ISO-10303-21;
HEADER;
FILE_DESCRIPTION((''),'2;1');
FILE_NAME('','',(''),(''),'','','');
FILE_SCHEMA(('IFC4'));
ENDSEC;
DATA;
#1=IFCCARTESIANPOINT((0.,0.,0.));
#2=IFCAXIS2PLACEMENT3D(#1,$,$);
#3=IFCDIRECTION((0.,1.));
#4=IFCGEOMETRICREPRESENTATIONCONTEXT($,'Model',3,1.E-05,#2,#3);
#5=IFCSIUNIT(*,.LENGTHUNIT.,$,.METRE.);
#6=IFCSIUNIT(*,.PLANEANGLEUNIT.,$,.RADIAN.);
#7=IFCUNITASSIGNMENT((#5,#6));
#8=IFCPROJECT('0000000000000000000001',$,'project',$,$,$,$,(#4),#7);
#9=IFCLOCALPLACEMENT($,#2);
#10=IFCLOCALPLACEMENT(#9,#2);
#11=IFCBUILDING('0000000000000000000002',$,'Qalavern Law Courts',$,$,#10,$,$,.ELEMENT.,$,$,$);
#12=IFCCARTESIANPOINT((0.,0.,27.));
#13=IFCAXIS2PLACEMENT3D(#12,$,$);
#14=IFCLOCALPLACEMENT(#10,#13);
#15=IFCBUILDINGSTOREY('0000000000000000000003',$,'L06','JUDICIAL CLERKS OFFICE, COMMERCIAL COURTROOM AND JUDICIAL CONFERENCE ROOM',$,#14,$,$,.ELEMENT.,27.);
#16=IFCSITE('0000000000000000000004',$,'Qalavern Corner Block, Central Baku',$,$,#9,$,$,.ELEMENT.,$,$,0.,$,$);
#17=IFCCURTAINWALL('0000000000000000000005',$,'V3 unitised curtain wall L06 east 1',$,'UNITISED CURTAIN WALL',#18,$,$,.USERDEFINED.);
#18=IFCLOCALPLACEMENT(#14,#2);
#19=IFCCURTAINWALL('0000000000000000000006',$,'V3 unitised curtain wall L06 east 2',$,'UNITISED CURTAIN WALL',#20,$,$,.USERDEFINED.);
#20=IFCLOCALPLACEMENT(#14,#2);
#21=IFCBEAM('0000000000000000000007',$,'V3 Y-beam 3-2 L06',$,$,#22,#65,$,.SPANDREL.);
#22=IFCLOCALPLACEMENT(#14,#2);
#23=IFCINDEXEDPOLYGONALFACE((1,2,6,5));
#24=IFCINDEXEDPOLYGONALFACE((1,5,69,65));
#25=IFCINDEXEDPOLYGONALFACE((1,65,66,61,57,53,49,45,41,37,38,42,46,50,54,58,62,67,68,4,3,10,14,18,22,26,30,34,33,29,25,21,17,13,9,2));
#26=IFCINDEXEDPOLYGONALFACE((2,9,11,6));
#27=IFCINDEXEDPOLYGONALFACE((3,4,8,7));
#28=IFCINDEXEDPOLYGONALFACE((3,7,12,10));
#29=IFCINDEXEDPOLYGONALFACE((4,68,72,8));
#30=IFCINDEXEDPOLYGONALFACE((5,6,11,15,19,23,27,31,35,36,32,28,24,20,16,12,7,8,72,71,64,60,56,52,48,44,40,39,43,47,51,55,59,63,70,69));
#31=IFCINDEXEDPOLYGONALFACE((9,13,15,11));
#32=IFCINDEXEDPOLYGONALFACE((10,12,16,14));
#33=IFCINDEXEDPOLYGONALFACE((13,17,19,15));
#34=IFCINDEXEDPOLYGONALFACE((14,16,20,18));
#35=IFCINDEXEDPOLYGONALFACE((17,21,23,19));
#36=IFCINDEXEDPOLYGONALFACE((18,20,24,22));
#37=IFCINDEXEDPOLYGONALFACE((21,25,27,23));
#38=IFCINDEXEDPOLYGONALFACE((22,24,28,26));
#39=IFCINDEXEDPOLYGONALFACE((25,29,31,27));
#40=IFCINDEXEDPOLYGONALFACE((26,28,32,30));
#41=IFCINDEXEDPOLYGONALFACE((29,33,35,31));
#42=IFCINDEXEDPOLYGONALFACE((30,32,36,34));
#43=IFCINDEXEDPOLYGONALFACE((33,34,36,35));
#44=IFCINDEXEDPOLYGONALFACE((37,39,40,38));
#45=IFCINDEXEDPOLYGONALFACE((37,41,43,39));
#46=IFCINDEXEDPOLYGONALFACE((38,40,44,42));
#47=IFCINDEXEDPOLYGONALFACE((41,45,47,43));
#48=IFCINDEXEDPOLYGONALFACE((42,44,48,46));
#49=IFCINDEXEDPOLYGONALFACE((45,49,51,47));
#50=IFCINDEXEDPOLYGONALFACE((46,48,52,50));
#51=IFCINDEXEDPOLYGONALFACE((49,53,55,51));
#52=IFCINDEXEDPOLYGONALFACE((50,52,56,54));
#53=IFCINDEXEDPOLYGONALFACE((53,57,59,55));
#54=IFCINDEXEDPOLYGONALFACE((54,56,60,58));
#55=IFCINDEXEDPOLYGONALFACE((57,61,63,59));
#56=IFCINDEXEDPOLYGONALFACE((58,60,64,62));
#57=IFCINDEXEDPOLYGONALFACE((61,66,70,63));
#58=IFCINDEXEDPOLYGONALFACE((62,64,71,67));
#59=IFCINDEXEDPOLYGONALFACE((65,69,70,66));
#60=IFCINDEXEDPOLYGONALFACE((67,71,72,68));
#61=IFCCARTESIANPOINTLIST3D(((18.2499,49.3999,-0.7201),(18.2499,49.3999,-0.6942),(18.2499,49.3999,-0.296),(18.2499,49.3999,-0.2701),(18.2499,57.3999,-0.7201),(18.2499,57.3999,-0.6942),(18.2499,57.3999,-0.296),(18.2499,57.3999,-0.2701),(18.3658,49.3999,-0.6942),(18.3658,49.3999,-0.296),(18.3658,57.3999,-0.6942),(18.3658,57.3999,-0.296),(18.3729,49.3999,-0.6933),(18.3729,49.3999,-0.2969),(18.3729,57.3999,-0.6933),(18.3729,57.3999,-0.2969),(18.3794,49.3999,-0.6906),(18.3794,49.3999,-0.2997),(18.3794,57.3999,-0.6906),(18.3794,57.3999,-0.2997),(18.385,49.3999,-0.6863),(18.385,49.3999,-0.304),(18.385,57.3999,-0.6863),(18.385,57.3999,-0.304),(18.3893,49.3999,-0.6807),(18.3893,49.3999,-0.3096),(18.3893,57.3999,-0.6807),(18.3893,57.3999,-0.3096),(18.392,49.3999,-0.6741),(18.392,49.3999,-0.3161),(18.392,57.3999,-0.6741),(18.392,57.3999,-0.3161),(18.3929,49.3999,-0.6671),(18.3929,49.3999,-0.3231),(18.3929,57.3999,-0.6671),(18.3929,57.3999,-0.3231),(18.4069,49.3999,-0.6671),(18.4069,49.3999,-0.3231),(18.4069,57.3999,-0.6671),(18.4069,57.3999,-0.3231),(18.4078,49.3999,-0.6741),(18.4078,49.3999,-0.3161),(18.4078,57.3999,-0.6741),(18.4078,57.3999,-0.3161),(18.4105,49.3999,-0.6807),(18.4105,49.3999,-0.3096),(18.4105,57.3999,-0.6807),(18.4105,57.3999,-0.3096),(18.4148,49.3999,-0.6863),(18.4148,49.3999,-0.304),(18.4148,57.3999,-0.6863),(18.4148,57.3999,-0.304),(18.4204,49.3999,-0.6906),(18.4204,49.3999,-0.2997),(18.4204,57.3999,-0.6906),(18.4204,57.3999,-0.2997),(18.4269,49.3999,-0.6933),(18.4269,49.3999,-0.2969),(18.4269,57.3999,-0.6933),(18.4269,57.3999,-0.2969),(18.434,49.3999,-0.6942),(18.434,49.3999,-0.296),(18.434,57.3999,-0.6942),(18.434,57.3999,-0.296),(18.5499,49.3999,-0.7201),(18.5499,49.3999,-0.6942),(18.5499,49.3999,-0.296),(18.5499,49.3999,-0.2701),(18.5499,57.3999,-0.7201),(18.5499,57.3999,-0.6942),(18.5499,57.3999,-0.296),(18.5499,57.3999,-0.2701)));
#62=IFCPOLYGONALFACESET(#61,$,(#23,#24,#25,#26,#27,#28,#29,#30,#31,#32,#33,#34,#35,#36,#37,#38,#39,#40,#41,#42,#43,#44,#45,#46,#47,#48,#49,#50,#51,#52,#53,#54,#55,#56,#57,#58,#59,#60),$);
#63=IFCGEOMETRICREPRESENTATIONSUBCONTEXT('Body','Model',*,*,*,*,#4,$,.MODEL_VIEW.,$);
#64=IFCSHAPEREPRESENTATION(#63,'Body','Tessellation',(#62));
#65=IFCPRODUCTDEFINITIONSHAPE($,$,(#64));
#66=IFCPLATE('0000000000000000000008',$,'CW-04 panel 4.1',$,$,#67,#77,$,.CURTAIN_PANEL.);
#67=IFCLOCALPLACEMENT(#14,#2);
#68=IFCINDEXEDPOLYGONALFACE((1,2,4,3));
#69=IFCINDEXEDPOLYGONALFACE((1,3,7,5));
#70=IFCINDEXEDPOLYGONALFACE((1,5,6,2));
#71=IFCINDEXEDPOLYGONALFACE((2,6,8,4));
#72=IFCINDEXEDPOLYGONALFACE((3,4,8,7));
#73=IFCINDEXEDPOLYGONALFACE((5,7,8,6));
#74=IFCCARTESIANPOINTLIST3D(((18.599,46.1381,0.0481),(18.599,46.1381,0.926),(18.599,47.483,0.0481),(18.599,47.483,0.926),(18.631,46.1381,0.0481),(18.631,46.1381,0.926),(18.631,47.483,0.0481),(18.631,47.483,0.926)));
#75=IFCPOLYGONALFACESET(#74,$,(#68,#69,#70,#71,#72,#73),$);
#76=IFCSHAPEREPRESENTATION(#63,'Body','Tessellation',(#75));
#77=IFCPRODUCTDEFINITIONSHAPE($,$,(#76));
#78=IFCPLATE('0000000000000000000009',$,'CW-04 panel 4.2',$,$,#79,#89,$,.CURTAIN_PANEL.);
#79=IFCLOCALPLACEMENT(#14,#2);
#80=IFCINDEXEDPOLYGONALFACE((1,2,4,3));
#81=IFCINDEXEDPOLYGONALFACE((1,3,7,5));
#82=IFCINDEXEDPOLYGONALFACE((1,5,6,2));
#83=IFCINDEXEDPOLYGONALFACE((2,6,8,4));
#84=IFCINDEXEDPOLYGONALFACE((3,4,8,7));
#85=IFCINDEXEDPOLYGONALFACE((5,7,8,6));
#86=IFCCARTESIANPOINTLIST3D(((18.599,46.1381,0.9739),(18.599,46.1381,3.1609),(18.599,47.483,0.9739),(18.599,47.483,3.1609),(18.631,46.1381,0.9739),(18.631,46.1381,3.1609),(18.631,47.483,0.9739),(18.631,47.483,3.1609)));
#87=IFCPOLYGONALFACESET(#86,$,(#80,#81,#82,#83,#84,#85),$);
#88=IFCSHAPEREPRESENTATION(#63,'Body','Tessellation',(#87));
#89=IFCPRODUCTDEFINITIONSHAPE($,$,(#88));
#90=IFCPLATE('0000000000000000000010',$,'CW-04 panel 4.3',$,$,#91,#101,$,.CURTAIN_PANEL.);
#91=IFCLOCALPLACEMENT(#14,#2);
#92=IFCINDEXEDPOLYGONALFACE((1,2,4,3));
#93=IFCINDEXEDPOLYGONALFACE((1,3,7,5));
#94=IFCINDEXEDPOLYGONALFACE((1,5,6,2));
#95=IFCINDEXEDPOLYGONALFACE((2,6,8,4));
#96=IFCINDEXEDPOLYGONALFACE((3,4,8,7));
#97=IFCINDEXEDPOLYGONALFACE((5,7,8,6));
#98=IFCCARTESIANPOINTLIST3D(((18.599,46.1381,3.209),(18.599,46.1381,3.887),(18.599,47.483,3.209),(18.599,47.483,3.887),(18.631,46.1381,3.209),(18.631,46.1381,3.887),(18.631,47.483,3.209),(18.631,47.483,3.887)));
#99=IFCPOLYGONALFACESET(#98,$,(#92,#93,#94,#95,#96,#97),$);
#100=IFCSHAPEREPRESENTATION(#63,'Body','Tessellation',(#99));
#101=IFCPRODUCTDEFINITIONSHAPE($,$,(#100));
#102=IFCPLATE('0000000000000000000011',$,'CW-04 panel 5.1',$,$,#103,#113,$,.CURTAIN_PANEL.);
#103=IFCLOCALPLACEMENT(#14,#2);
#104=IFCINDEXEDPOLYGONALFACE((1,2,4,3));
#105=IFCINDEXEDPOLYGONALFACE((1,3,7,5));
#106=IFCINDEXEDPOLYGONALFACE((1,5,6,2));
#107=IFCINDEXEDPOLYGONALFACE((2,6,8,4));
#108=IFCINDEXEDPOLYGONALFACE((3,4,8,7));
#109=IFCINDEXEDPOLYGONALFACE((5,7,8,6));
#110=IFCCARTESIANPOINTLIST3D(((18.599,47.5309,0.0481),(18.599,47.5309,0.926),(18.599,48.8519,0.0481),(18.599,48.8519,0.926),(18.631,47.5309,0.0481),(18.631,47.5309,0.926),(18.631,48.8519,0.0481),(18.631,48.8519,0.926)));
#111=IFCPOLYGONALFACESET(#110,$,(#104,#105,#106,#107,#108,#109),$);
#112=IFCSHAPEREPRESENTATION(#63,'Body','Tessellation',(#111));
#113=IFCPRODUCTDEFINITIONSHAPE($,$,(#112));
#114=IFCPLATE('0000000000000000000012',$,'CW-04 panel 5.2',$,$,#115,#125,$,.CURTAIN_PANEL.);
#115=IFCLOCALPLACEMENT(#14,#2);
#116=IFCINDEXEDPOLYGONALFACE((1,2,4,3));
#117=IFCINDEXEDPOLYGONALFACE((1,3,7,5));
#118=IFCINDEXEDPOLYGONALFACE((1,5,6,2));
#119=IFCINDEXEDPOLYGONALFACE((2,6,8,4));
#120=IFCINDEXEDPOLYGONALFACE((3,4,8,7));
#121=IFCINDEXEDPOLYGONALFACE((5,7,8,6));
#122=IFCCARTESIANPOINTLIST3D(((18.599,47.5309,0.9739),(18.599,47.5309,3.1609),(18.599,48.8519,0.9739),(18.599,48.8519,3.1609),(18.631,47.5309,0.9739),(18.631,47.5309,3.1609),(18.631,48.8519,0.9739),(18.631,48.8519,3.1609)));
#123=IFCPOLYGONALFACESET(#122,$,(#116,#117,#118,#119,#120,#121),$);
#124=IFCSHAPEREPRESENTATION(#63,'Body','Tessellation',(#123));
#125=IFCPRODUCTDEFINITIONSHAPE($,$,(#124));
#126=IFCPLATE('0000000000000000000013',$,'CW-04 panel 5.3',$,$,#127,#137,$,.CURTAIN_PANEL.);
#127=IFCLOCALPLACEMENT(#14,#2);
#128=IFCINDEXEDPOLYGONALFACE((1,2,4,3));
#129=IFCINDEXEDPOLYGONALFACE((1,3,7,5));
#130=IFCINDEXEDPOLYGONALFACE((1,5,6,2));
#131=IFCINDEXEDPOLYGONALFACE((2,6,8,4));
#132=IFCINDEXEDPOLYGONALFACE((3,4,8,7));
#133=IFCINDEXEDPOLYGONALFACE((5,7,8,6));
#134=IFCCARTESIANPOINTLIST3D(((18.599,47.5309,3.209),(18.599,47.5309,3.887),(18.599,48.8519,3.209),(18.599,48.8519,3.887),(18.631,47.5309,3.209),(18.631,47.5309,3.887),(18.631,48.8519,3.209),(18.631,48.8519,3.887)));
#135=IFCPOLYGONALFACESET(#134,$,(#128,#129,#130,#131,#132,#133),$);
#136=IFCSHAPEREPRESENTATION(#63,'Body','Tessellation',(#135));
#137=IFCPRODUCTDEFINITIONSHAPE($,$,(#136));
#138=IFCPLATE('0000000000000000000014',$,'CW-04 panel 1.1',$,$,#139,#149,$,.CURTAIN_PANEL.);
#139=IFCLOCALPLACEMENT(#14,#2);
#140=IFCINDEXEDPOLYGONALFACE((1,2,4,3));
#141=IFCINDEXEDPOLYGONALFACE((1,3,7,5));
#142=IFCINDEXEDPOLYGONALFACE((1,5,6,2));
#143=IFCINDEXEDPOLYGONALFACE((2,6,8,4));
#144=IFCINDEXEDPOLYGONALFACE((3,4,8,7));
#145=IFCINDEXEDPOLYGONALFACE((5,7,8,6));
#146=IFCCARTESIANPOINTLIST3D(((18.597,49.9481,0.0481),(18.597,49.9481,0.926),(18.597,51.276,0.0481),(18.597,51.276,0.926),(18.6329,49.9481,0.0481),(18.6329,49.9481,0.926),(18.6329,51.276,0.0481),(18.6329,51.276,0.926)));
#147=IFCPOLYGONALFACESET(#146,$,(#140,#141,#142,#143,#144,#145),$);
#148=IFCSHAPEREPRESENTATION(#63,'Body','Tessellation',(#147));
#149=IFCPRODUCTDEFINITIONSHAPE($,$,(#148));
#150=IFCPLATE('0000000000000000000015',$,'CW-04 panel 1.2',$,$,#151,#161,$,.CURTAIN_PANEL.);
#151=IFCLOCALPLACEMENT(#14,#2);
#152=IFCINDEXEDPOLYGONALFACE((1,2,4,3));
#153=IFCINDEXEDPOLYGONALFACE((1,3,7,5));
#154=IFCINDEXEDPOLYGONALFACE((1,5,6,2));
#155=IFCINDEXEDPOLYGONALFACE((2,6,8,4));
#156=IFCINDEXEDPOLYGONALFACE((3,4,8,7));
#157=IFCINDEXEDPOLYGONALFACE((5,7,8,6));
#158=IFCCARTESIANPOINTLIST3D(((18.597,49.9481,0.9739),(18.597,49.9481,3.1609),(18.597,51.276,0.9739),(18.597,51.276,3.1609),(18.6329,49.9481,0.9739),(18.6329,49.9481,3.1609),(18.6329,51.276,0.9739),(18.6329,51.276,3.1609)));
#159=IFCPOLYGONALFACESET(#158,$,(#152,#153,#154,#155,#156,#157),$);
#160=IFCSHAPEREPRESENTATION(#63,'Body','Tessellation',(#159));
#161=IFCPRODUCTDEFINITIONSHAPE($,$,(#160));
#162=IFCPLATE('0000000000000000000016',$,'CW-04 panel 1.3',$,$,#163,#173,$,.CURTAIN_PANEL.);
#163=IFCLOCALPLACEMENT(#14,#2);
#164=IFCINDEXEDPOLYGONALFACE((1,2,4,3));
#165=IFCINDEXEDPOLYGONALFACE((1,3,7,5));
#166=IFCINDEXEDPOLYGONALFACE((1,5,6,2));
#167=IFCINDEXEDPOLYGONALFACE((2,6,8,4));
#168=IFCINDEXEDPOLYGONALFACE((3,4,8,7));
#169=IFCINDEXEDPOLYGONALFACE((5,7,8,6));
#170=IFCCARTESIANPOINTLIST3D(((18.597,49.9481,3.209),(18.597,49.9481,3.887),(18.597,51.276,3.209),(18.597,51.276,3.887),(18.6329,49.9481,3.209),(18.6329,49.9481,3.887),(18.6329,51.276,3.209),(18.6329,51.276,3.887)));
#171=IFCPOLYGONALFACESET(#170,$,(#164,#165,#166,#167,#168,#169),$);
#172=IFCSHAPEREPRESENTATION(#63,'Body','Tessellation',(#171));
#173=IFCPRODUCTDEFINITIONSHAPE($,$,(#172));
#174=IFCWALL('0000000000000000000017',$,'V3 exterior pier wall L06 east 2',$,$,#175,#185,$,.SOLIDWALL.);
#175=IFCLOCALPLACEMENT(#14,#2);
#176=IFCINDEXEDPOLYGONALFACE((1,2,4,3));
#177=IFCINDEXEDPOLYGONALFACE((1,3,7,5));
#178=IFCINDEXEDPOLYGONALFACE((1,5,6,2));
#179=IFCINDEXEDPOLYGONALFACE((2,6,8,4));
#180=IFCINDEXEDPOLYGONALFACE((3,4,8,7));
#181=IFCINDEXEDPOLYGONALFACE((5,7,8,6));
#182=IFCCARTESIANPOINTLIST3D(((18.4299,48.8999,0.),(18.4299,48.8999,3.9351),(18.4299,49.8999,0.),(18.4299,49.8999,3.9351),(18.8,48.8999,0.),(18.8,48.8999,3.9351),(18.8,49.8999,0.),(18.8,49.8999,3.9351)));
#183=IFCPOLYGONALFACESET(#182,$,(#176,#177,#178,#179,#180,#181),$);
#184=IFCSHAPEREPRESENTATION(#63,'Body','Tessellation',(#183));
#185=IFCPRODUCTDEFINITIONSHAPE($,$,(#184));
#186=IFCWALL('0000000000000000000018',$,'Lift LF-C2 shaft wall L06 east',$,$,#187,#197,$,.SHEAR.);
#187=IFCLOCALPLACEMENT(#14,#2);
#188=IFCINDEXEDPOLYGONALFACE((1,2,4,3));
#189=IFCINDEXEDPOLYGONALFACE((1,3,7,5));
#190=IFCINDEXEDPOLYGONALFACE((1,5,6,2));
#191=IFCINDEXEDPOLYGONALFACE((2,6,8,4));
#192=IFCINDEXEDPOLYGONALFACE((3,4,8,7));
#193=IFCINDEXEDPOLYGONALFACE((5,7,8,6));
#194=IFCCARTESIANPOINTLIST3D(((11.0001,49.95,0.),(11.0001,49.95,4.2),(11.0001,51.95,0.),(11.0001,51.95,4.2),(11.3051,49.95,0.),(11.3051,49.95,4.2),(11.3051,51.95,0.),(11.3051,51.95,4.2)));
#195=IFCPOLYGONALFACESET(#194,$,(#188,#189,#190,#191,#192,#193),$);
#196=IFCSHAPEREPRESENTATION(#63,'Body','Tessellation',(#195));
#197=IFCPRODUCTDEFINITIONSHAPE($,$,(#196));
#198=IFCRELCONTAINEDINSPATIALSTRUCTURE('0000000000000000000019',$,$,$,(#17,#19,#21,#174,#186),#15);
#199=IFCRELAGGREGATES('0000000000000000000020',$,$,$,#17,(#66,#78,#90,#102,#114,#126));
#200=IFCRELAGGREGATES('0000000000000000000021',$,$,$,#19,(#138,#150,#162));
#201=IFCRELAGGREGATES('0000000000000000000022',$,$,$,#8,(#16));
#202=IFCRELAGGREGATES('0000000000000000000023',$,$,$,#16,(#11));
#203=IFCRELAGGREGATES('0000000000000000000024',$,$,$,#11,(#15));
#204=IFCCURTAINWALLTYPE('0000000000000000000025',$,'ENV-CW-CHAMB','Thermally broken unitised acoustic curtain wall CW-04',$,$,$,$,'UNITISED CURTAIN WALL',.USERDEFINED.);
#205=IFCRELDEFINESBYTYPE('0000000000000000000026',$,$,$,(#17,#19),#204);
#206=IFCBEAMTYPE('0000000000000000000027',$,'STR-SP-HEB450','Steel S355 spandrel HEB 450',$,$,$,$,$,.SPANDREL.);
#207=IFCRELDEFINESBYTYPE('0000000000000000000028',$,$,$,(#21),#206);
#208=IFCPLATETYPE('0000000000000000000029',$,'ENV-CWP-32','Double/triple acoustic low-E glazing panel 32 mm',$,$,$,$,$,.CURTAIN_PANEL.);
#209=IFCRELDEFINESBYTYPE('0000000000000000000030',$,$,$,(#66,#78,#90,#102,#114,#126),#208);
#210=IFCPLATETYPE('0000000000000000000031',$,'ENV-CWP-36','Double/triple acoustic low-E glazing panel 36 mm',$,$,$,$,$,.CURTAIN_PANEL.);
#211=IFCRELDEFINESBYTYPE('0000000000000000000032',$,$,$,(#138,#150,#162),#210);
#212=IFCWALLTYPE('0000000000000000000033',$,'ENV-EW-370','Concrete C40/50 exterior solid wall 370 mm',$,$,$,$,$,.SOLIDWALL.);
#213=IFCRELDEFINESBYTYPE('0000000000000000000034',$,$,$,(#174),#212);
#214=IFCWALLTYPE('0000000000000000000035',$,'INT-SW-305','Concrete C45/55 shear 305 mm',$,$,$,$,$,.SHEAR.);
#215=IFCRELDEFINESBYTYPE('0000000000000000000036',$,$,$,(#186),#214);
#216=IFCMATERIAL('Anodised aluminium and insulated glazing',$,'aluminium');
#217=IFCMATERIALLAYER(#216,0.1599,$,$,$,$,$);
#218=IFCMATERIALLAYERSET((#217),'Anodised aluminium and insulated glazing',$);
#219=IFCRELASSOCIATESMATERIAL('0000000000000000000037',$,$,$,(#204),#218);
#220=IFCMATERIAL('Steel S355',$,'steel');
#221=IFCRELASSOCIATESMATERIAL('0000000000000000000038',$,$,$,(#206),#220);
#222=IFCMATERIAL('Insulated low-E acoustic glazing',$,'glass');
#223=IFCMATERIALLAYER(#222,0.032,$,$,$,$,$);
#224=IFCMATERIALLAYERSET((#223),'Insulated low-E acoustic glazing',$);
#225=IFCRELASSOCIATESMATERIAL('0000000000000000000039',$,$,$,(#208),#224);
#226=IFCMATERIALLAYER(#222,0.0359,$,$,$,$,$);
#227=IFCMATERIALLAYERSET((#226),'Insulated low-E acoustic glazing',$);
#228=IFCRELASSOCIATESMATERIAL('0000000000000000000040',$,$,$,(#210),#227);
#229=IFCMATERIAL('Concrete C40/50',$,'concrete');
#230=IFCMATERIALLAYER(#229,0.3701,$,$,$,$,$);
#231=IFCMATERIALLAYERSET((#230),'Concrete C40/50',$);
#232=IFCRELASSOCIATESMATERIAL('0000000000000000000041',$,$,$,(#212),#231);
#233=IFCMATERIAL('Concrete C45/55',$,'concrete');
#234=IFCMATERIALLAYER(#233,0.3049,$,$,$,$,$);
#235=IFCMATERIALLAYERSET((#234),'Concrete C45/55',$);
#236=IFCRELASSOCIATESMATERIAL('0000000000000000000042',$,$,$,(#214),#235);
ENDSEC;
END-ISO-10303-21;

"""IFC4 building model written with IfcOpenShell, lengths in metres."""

from ifc_helpers import new_model, si_unit, direction, frame, frame_2d, origin, origin_2d, place, context, subcontext, project, spatial, rectangle, i_section, extrude, material, layer, layer_set, material_profile, profile_set, type_object, element, aggregate, save


model = new_model("IFC4")

# Units and contexts
model_context = context("Model", 3, precision=1e-05, world=origin(), true_north=direction((0.0, 1.0)))
body_context = subcontext(model_context, "Body", "Model", "MODEL_VIEW")
ifc_project = project(units=[si_unit("LENGTHUNIT", "METRE"), si_unit("PLANEANGLEUNIT", "RADIAN")], contexts=[model_context])

# Site, building, storey
site_placement = place(None, origin())
site = spatial("IfcSite", under=ifc_project, at=site_placement, Name="Qalavern Corner Block, Central Baku", CompositionType="ELEMENT", RefElevation=0.0)
building_placement = place(site_placement, origin())
building = spatial("IfcBuilding", under=site, at=building_placement, Name="Qalavern Law Courts", CompositionType="ELEMENT")
storey_placement = place(building_placement, frame((0.0, 0.0, 27.0)))
storey = spatial("IfcBuildingStorey", under=building, at=storey_placement, Name="L06", Description="JUDICIAL CLERKS OFFICE, COMMERCIAL COURTROOM AND JUDICIAL CONFERENCE ROOM", CompositionType="ELEMENT", Elevation=27.0)

# Shared definitions
ifc_material_1 = material(Name="Concrete C45/55", Category="concrete")

# Curtain wall
ifc_material_2 = material(Name="Anodised aluminium and insulated glazing", Category="aluminium")
ifc_layer_1 = layer(ifc_material_2, 0.1599)
ifc_layer_set_1 = layer_set([ifc_layer_1], Name="Anodised aluminium and insulated glazing")
curtain_wall_type = type_object("IfcCurtainWallType", Name="ENV-CW-CHAMB", Description="Thermally broken unitised acoustic curtain wall CW-04", ElementType="UNITISED CURTAIN WALL", PredefinedType="USERDEFINED", material=ifc_layer_set_1)
curtain_wall_1_placement = place(storey_placement, origin())
curtain_wall_1 = element("IfcCurtainWall", 1, at=curtain_wall_1_placement, inside=storey, type_object=curtain_wall_type, Name="V3 unitised curtain wall L06 east 1", ObjectType="UNITISED CURTAIN WALL", PredefinedType="USERDEFINED")

# Curtain wall
curtain_wall_2_placement = place(storey_placement, origin())
curtain_wall_2 = element("IfcCurtainWall", 2, at=curtain_wall_2_placement, inside=storey, type_object=curtain_wall_type, Name="V3 unitised curtain wall L06 east 2", ObjectType="UNITISED CURTAIN WALL", PredefinedType="USERDEFINED")

# Beam
ifc_material_3 = material(Name="Steel S355", Category="steel")
ifc_material_profile_1 = material_profile(ifc_material_3, i_section(OverallWidth=0.3, OverallDepth=0.45, WebThickness=0.0139, FlangeThickness=0.0259, FilletRadius=0.0271, at=origin_2d()), Name="HEB 450")
ifc_profile_set_1 = profile_set([ifc_material_profile_1], Name="Steel S355")
beam_type_1 = type_object("IfcBeamType", Name="STR-SP-HEB450", Description="Steel S355 spandrel HEB 450", PredefinedType="SPANDREL", material=ifc_profile_set_1)
beam_1_placement = place(storey_placement, frame((18.3999, 49.3999, -0.4951), z_axis=(0.0, 1.0, 0.0), x_axis=(-1.0, 0.0, 0.0)))
element("IfcBeam", 3, at=beam_1_placement, inside=storey, type_object=beam_type_1, Name="V3 Y-beam 3-2 L06", PredefinedType="SPANDREL", context=body_context, shape_type="SweptSolid", body=[
    extrude(i_section(OverallWidth=0.3, OverallDepth=0.45, WebThickness=0.0139, FlangeThickness=0.0259, FilletRadius=0.0271, at=origin_2d()), origin(), (0.0, 0.0, 1.0), 8.0),
])

# Plates
ifc_material_4 = material(Name="Insulated low-E acoustic glazing", Category="glass")
ifc_layer_2 = layer(ifc_material_4, 0.032)
ifc_layer_set_2 = layer_set([ifc_layer_2], Name="Insulated low-E acoustic glazing")
plate_type_1 = type_object("IfcPlateType", Name="ENV-CWP-32", Description="Double/triple acoustic low-E glazing panel 32 mm", PredefinedType="CURTAIN_PANEL", material=ifc_layer_set_2)
plate_1_placement = place(storey_placement, frame((18.615, 46.8105, 0.0481), z_axis=(0.0, 0.0, 1.0), x_axis=(0.0, 1.0, 0.0)))
plate_1 = element("IfcPlate", 4, at=plate_1_placement, type_object=plate_type_1, Name="CW-04 panel 4.1", PredefinedType="CURTAIN_PANEL", context=body_context, shape_type="SweptSolid", body=[
    extrude(rectangle(XDim=1.345, YDim=0.032, at=origin_2d()), origin(), (0.0, 0.0, 1.0), 0.8779),
])
plate_2_placement = place(storey_placement, frame((18.615, 46.8105, 0.9739), z_axis=(0.0, 0.0, 1.0), x_axis=(0.0, 1.0, 0.0)))
plate_2 = element("IfcPlate", 5, at=plate_2_placement, type_object=plate_type_1, Name="CW-04 panel 4.2", PredefinedType="CURTAIN_PANEL", context=body_context, shape_type="SweptSolid", body=[
    extrude(rectangle(XDim=1.345, YDim=0.032, at=origin_2d()), origin(), (0.0, 0.0, 1.0), 2.187),
])
plate_3_placement = place(storey_placement, frame((18.615, 46.8105, 3.209), z_axis=(0.0, 0.0, 1.0), x_axis=(0.0, 1.0, 0.0)))
plate_3 = element("IfcPlate", 6, at=plate_3_placement, type_object=plate_type_1, Name="CW-04 panel 4.3", PredefinedType="CURTAIN_PANEL", context=body_context, shape_type="SweptSolid", body=[
    extrude(rectangle(XDim=1.345, YDim=0.032, at=origin_2d()), origin(), (0.0, 0.0, 1.0), 0.678),
])
plate_4_placement = place(storey_placement, frame((18.615, 48.1914, 0.0481), z_axis=(0.0, 0.0, 1.0), x_axis=(0.0, 1.0, 0.0)))
plate_4 = element("IfcPlate", 7, at=plate_4_placement, type_object=plate_type_1, Name="CW-04 panel 5.1", PredefinedType="CURTAIN_PANEL", context=body_context, shape_type="SweptSolid", body=[
    extrude(rectangle(XDim=1.321, YDim=0.032, at=origin_2d()), origin(), (0.0, 0.0, 1.0), 0.8779),
])
plate_5_placement = place(storey_placement, frame((18.615, 48.1914, 0.9739), z_axis=(0.0, 0.0, 1.0), x_axis=(0.0, 1.0, 0.0)))
plate_5 = element("IfcPlate", 8, at=plate_5_placement, type_object=plate_type_1, Name="CW-04 panel 5.2", PredefinedType="CURTAIN_PANEL", context=body_context, shape_type="SweptSolid", body=[
    extrude(rectangle(XDim=1.321, YDim=0.032, at=origin_2d()), origin(), (0.0, 0.0, 1.0), 2.187),
])
plate_6_placement = place(storey_placement, frame((18.615, 48.1914, 3.209), z_axis=(0.0, 0.0, 1.0), x_axis=(0.0, 1.0, 0.0)))
plate_6 = element("IfcPlate", 9, at=plate_6_placement, type_object=plate_type_1, Name="CW-04 panel 5.3", PredefinedType="CURTAIN_PANEL", context=body_context, shape_type="SweptSolid", body=[
    extrude(rectangle(XDim=1.321, YDim=0.032, at=origin_2d()), origin(), (0.0, 0.0, 1.0), 0.678),
])
aggregate(curtain_wall_1, [plate_1, plate_2, plate_3, plate_4, plate_5, plate_6])
ifc_layer_3 = layer(ifc_material_4, 0.0359)
ifc_layer_set_3 = layer_set([ifc_layer_3], Name="Insulated low-E acoustic glazing")
plate_type_2 = type_object("IfcPlateType", Name="ENV-CWP-36", Description="Double/triple acoustic low-E glazing panel 36 mm", PredefinedType="CURTAIN_PANEL", material=ifc_layer_set_3)
plate_7_placement = place(storey_placement, frame((18.615, 50.6121, 0.0481), z_axis=(0.0, 0.0, 1.0), x_axis=(0.0, 1.0, 0.0)))
plate_7 = element("IfcPlate", 10, at=plate_7_placement, type_object=plate_type_2, Name="CW-04 panel 1.1", PredefinedType="CURTAIN_PANEL", context=body_context, shape_type="SweptSolid", body=[
    extrude(rectangle(XDim=1.3279, YDim=0.0359, at=origin_2d()), origin(), (0.0, 0.0, 1.0), 0.8779),
])
plate_8_placement = place(storey_placement, frame((18.615, 50.6121, 0.9739), z_axis=(0.0, 0.0, 1.0), x_axis=(0.0, 1.0, 0.0)))
plate_8 = element("IfcPlate", 11, at=plate_8_placement, type_object=plate_type_2, Name="CW-04 panel 1.2", PredefinedType="CURTAIN_PANEL", context=body_context, shape_type="SweptSolid", body=[
    extrude(rectangle(XDim=1.3279, YDim=0.0359, at=origin_2d()), origin(), (0.0, 0.0, 1.0), 2.187),
])
plate_9_placement = place(storey_placement, frame((18.615, 50.6121, 3.209), z_axis=(0.0, 0.0, 1.0), x_axis=(0.0, 1.0, 0.0)))
plate_9 = element("IfcPlate", 12, at=plate_9_placement, type_object=plate_type_2, Name="CW-04 panel 1.3", PredefinedType="CURTAIN_PANEL", context=body_context, shape_type="SweptSolid", body=[
    extrude(rectangle(XDim=1.3279, YDim=0.0359, at=origin_2d()), origin(), (0.0, 0.0, 1.0), 0.678),
])
aggregate(curtain_wall_2, [plate_7, plate_8, plate_9])

# Wall
ifc_material_5 = material(Name="Concrete C40/50", Category="concrete")
ifc_layer_4 = layer(ifc_material_5, 0.3701)
ifc_layer_set_4 = layer_set([ifc_layer_4], Name="Concrete C40/50")
wall_type_1 = type_object("IfcWallType", Name="ENV-EW-370", Description="Concrete C40/50 exterior solid wall 370 mm", PredefinedType="SOLIDWALL", material=ifc_layer_set_4)
wall_1_placement = place(storey_placement, frame((18.615, 48.8999, 0.0), z_axis=(0.0, 0.0, 1.0), x_axis=(0.0, 1.0, 0.0)))
element("IfcWall", 13, at=wall_1_placement, inside=storey, type_object=wall_type_1, Name="V3 exterior pier wall L06 east 2", PredefinedType="SOLIDWALL", context=body_context, shape_type="SweptSolid", body=[
    extrude(rectangle(XDim=1.0, YDim=0.3701, at=frame_2d((0.5, 0.0))), origin(), (0.0, 0.0, 1.0), 3.9351),
])

# Wall
ifc_layer_5 = layer(ifc_material_1, 0.3049)
ifc_layer_set_5 = layer_set([ifc_layer_5], Name="Concrete C45/55")
wall_type_2 = type_object("IfcWallType", Name="INT-SW-305", Description="Concrete C45/55 shear 305 mm", PredefinedType="SHEAR", material=ifc_layer_set_5)
wall_2_placement = place(storey_placement, frame((11.1526, 49.95, 0.0), z_axis=(0.0, 0.0, 1.0), x_axis=(0.0, 1.0, 0.0)))
element("IfcWall", 14, at=wall_2_placement, inside=storey, type_object=wall_type_2, Name="Lift LF-C2 shaft wall L06 east", PredefinedType="SHEAR", context=body_context, shape_type="SweptSolid", body=[
    extrude(rectangle(XDim=2.0, YDim=0.3049, at=frame_2d((1.0, 0.0))), origin(), (0.0, 0.0, 1.0), 4.2),
])

save(model, "model.ifc")
